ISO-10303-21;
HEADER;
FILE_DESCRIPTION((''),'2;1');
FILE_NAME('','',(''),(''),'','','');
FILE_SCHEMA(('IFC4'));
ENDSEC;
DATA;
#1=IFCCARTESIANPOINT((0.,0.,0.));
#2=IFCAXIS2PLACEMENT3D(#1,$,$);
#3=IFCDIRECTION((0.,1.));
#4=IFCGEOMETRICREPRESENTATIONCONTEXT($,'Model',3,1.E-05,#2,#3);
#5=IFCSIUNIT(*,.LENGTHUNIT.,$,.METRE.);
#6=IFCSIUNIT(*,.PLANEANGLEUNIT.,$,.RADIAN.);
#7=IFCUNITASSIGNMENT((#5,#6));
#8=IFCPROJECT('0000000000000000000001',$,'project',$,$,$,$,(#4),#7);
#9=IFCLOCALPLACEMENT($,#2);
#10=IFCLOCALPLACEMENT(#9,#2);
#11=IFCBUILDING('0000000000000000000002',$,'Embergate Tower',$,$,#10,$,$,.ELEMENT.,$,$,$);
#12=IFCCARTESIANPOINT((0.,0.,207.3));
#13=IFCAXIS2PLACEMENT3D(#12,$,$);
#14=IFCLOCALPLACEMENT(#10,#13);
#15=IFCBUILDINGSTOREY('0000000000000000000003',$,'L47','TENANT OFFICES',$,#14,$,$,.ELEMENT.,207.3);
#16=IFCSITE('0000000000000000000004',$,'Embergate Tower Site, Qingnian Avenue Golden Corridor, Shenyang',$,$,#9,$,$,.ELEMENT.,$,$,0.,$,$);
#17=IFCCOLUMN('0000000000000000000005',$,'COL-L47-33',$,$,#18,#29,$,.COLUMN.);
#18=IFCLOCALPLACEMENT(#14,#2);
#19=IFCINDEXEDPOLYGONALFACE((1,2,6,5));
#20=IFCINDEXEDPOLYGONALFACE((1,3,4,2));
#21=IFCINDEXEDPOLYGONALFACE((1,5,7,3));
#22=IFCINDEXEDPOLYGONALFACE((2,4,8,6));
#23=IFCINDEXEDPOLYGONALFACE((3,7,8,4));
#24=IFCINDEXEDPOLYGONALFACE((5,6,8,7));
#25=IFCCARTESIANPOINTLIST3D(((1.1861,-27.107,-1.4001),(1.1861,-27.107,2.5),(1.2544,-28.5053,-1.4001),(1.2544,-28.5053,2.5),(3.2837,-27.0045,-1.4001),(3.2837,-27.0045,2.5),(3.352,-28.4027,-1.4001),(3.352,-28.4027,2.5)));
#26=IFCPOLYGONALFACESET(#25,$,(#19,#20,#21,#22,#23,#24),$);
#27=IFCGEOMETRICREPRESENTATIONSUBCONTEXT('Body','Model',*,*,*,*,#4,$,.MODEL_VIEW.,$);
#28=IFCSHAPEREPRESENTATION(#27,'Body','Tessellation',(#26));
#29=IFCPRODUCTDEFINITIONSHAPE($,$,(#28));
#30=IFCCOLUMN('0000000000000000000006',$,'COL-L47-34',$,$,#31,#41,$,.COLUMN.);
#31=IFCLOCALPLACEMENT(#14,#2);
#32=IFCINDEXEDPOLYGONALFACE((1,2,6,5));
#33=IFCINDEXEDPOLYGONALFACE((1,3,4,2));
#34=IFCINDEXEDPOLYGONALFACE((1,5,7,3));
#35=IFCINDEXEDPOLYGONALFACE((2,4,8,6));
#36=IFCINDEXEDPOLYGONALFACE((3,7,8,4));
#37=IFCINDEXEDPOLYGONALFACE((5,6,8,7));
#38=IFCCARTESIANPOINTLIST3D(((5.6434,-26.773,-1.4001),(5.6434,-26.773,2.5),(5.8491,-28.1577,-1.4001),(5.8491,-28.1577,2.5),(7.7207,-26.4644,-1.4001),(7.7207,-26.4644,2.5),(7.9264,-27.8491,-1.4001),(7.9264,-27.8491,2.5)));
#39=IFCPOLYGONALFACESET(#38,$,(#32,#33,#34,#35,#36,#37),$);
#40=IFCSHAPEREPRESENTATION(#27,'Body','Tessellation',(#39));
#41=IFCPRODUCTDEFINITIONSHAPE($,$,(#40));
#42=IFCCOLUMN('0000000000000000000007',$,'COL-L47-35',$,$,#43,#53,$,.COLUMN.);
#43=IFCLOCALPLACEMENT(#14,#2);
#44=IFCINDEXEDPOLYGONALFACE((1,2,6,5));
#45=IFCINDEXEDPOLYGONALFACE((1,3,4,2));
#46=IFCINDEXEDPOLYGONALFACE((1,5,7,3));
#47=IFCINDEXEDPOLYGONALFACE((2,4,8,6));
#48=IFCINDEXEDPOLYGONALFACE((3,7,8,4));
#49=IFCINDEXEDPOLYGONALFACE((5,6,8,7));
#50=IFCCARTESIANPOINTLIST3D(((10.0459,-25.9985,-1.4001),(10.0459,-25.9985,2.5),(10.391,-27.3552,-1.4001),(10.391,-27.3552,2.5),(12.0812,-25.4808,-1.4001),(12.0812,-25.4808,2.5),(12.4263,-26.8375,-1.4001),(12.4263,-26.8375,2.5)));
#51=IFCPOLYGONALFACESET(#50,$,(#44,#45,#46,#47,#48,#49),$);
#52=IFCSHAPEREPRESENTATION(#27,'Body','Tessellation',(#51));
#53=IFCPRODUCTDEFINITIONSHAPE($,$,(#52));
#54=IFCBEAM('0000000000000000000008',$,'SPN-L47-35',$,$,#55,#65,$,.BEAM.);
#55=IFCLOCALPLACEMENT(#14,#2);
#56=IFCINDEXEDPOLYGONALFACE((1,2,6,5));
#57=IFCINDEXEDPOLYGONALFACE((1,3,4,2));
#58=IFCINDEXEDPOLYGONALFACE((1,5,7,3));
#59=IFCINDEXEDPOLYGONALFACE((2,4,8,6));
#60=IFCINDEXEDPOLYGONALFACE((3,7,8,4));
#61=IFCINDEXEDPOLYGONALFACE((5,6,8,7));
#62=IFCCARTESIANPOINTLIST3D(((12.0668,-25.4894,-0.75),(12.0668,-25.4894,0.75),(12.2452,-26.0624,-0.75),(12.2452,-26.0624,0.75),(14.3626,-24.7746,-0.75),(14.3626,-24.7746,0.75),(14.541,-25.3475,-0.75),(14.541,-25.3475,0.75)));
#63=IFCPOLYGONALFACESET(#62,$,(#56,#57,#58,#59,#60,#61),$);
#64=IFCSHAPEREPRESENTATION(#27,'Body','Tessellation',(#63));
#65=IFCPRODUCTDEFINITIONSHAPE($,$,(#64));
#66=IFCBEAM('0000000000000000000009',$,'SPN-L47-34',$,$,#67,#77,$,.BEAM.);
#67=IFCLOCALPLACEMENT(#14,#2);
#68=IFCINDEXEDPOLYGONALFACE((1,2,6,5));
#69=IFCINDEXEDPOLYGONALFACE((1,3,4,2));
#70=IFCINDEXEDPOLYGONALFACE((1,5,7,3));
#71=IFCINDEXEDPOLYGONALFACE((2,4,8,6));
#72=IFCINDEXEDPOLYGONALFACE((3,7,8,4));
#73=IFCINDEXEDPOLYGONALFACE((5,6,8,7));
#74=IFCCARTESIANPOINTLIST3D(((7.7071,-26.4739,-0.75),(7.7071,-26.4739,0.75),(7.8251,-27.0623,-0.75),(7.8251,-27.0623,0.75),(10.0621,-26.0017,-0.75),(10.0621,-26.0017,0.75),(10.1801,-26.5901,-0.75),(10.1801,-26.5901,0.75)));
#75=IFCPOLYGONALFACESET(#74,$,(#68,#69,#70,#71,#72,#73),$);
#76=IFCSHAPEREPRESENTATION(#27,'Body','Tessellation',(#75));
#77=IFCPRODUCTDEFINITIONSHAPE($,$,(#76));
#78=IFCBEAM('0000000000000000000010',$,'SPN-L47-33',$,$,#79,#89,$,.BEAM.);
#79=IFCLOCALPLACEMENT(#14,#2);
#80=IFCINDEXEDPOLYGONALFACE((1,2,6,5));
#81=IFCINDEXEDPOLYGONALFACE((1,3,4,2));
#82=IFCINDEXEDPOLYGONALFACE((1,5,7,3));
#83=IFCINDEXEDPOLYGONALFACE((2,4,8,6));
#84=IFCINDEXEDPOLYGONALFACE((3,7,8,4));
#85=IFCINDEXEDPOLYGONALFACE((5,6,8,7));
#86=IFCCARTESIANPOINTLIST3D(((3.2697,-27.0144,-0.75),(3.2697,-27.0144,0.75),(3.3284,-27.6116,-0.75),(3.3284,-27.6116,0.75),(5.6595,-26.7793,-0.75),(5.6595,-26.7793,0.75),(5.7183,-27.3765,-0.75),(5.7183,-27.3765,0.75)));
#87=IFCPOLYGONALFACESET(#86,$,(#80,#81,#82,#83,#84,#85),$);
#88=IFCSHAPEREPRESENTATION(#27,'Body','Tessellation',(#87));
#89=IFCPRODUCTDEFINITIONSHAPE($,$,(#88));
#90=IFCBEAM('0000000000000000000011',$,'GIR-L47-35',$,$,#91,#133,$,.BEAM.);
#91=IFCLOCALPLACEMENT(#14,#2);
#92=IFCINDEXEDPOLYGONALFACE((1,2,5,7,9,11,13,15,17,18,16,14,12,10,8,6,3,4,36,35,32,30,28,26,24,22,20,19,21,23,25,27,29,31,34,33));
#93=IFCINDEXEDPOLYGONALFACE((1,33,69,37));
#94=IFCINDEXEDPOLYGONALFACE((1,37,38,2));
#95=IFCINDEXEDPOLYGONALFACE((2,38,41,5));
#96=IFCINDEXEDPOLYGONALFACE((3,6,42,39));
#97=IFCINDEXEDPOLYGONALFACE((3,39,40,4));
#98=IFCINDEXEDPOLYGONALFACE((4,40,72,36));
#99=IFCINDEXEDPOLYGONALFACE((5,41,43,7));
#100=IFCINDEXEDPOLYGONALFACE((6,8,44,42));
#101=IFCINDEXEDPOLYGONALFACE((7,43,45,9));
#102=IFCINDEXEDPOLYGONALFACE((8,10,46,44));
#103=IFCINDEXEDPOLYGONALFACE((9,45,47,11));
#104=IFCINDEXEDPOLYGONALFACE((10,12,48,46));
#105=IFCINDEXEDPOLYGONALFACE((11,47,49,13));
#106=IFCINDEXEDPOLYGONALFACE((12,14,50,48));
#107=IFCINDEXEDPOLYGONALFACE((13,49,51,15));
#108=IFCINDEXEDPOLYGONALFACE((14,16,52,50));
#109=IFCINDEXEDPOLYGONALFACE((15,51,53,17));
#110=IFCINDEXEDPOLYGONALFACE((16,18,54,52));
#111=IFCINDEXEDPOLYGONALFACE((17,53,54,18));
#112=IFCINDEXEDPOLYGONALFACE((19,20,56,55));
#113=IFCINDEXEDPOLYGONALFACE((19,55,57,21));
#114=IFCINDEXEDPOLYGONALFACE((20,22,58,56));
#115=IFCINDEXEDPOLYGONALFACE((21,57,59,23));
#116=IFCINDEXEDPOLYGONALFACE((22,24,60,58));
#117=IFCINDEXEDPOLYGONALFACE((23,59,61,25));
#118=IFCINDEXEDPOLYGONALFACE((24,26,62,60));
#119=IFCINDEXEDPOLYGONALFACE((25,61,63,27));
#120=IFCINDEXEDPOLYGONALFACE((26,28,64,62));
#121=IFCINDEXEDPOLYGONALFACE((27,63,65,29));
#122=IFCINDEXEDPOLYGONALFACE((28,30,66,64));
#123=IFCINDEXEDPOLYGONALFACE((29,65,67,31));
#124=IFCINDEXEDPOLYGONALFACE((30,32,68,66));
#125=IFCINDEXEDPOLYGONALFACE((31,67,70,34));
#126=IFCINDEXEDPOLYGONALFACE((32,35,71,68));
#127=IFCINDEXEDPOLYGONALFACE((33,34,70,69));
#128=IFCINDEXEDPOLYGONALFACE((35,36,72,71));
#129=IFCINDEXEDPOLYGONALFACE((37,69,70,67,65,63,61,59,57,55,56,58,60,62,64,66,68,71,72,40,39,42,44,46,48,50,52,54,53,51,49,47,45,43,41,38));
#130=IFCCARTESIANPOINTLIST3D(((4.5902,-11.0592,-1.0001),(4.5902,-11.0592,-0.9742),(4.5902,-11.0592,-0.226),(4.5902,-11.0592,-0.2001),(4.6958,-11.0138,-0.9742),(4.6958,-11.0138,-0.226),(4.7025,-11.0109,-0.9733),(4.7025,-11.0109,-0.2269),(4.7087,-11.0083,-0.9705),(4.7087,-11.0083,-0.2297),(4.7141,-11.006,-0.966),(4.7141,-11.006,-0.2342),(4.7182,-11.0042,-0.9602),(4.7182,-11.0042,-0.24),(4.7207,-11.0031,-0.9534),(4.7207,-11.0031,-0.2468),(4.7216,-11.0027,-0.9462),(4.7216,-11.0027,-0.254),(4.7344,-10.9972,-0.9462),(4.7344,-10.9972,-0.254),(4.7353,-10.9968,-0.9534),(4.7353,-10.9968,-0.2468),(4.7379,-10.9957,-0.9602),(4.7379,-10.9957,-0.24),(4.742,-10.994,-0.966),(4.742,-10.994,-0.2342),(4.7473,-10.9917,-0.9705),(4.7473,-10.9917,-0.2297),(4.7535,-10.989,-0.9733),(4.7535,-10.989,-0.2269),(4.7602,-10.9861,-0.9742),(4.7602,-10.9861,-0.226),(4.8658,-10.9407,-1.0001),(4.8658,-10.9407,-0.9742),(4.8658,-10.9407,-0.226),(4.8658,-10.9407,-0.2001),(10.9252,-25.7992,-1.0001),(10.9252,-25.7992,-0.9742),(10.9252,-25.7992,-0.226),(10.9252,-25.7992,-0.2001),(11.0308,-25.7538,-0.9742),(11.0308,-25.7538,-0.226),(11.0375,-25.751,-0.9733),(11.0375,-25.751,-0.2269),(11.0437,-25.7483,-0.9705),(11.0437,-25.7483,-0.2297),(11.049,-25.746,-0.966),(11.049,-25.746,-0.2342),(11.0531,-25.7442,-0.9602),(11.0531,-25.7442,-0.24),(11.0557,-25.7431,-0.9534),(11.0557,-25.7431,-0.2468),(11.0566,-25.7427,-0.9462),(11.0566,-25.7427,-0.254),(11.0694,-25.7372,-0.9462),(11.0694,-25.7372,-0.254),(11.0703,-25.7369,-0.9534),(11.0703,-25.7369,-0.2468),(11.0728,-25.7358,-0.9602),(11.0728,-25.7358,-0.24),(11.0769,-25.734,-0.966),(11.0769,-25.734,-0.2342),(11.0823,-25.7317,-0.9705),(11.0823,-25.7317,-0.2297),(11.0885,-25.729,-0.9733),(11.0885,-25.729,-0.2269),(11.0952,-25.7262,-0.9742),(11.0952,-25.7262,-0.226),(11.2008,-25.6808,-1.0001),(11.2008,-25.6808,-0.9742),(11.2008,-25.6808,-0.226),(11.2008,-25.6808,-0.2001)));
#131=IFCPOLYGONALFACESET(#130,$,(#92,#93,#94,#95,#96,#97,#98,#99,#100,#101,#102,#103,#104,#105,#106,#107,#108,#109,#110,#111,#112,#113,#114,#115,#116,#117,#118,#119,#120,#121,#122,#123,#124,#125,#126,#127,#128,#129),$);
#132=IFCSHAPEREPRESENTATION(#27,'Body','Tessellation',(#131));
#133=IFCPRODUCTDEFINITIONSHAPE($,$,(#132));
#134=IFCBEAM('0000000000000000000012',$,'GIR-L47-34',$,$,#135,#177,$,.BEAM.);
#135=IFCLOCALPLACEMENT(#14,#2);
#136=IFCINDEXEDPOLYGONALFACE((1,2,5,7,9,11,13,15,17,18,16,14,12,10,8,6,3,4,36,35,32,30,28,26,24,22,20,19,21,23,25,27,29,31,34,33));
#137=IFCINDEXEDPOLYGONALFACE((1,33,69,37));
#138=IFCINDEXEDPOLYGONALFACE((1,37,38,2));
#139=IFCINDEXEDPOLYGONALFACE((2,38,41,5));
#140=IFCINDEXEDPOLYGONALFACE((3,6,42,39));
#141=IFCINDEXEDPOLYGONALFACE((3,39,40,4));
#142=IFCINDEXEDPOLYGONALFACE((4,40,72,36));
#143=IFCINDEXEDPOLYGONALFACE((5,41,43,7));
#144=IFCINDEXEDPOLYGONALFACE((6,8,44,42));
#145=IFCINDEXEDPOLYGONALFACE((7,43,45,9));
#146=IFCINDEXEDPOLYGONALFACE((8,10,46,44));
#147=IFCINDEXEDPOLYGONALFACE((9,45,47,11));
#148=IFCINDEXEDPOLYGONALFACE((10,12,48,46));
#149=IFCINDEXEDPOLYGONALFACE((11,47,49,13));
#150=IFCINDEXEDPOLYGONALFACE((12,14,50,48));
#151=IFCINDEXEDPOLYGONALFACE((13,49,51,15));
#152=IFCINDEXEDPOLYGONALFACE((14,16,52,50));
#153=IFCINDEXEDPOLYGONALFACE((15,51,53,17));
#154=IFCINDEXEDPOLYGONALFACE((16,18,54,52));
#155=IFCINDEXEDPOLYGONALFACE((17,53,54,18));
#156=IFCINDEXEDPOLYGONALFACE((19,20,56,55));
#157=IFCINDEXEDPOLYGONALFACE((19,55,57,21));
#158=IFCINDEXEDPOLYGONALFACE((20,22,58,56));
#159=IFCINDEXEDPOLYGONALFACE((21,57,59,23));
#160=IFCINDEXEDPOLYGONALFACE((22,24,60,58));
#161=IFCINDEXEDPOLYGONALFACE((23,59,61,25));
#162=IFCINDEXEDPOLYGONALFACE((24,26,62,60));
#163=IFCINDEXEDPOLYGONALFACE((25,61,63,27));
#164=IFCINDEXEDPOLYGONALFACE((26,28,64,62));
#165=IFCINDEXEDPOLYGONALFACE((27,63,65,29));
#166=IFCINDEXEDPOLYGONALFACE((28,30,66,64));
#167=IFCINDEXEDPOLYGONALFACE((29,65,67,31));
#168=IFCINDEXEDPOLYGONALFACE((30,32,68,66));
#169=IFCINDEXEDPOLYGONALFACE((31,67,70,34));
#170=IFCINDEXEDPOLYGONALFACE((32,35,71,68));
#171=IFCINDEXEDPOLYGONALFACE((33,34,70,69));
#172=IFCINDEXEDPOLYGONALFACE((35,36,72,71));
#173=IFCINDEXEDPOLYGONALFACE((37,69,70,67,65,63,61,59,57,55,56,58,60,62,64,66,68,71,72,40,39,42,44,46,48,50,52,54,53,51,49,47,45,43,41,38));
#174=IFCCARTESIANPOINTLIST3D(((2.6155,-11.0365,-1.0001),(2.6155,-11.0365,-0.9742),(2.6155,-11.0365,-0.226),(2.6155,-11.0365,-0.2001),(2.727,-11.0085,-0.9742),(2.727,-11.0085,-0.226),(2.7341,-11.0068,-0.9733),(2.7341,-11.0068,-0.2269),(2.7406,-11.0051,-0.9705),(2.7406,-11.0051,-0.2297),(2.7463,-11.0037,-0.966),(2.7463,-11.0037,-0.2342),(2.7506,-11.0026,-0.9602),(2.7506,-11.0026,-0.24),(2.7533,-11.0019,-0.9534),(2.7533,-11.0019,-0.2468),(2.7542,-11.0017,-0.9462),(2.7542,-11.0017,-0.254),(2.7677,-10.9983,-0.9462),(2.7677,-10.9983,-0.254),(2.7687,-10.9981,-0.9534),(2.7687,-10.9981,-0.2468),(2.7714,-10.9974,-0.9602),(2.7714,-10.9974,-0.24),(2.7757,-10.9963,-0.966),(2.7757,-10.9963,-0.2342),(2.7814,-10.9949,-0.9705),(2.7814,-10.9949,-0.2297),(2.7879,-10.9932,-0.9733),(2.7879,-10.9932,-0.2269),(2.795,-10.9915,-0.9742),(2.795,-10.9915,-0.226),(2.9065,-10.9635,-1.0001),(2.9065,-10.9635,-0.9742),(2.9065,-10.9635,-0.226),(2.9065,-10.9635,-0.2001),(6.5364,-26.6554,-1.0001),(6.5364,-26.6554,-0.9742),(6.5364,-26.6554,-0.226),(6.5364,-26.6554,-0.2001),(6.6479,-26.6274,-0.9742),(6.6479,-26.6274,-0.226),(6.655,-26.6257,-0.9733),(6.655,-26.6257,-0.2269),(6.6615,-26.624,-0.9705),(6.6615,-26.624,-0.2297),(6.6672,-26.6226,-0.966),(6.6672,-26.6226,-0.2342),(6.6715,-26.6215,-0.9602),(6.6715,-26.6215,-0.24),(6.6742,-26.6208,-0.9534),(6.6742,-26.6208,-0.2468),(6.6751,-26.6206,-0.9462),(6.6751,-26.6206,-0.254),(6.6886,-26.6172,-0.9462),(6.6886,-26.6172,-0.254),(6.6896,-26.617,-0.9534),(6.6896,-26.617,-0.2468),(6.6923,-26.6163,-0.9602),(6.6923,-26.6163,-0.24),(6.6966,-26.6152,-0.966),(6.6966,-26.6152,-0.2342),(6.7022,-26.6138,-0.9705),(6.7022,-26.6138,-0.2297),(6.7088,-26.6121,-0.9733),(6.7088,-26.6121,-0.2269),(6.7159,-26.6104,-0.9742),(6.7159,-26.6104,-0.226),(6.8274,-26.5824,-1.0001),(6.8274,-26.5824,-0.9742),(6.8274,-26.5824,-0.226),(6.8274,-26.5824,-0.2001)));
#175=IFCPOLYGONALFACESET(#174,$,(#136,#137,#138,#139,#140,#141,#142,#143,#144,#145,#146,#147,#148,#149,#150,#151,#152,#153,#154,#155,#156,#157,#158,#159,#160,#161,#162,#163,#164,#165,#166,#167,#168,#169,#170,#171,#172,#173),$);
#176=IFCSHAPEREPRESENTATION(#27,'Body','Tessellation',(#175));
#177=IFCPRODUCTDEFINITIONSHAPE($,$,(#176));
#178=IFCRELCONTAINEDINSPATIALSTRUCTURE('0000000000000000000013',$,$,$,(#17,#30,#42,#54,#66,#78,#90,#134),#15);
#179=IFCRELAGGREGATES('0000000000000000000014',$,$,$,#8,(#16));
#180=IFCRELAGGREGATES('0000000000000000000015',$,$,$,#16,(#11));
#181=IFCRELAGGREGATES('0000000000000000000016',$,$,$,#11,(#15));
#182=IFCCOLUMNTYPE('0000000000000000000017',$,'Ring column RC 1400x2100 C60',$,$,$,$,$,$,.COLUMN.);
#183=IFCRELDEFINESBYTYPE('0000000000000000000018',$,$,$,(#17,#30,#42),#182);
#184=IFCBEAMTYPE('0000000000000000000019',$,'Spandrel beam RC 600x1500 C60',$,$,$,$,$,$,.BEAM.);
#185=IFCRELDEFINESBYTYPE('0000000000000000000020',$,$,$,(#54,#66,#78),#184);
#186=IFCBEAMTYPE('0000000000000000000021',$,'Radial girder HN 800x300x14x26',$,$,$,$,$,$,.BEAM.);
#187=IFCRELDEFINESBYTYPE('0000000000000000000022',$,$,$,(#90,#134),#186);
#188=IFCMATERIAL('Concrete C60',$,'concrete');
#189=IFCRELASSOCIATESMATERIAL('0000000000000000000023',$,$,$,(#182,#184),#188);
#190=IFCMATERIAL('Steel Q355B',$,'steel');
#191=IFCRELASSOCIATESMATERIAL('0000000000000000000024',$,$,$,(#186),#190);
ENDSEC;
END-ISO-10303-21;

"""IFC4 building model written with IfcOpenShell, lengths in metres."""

from ifc_helpers import new_model, si_unit, direction, frame, origin, origin_2d, place, context, subcontext, project, spatial, rectangle, i_section, extrude, source, transform, mapped, material, material_profile, profile_set, type_object, element, save


model = new_model("IFC4")

# Units and contexts
model_context = context("Model", 3, precision=1e-05, world=origin(), true_north=direction((0.0, 1.0)))
body_context = subcontext(model_context, "Body", "Model", "MODEL_VIEW")
ifc_project = project(units=[si_unit("LENGTHUNIT", "METRE"), si_unit("PLANEANGLEUNIT", "RADIAN")], contexts=[model_context])

# Site, building, storey
site_placement = place(None, origin())
site = spatial("IfcSite", under=ifc_project, at=site_placement, Name="Embergate Tower Site, Qingnian Avenue Golden Corridor, Shenyang", CompositionType="ELEMENT", RefElevation=0.0)
building_placement = place(site_placement, origin())
building = spatial("IfcBuilding", under=site, at=building_placement, Name="Embergate Tower", CompositionType="ELEMENT")
storey_placement = place(building_placement, frame((0.0, 0.0, 207.3)))
storey = spatial("IfcBuildingStorey", under=building, at=storey_placement, Name="L47", Description="TENANT OFFICES", CompositionType="ELEMENT", Elevation=207.3)

# Columns
ifc_material_1 = material(Name="Concrete C60", Category="concrete")
ifc_material_profile_1 = material_profile(ifc_material_1, rectangle(XDim=1.3999, YDim=2.1001, at=origin_2d()), Name="RC 1400x2100")
ifc_profile_set_1 = profile_set([ifc_material_profile_1], Name="Concrete C60")
column_type = type_object("IfcColumnType", Name="Ring column RC 1400x2100 C60", PredefinedType="COLUMN", material=ifc_profile_set_1)
shared_shape_1 = source(origin(), body_context, "Body", "SweptSolid", [
    extrude(rectangle(XDim=1.3999, YDim=2.1001, at=origin_2d()), origin(), (0.0, 0.0, 1.0), 3.9001),
])
for number, where, z_axis, x_axis, name in (
    (1, (2.269, -27.7549, -1.4001), (0.0, 0.0, 1.0), (0.048815, -0.998808, 0.0), "COL-L47-33"),
    (2, (6.7849, -27.311, -1.4001), (0.0, 0.0, 1.0), (0.146929, -0.989147, 0.0), "COL-L47-34"),
    (3, (11.2361, -26.418, -1.4001), (0.0, 0.0, 1.0), (0.246509, -0.969141, 0.0), "COL-L47-35"),
):
    element("IfcColumn", number, at=place(storey_placement, frame(where, z_axis=z_axis, x_axis=x_axis)), inside=storey, type_object=column_type, Name=name, PredefinedType="COLUMN", context=body_context, shape_type="MappedRepresentation", body=[
        mapped(shared_shape_1, transform((0.0, 0.0, 0.0))),
    ])

# Beams
ifc_material_profile_2 = material_profile(ifc_material_1, rectangle(XDim=0.6001, YDim=1.5, at=origin_2d()), Name="RC 600x1500")
ifc_profile_set_2 = profile_set([ifc_material_profile_2], Name="Concrete C60")
beam_type_1 = type_object("IfcBeamType", Name="Spandrel beam RC 600x1500 C60", PredefinedType="BEAM", material=ifc_profile_set_2)
shared_shape_2 = source(origin(), body_context, "Body", "SweptSolid", [
    extrude(rectangle(XDim=0.6001, YDim=1.5, at=origin_2d()), origin(), (0.0, 0.0, 1.0), 2.4045),
])
beam_1_placement = place(storey_placement, frame((12.156, -25.7759, 0.0), z_axis=(0.95479, 0.29728, 0.0), x_axis=(-0.29728, 0.95479, 0.0)))
element("IfcBeam", 4, at=beam_1_placement, inside=storey, type_object=beam_type_1, Name="SPN-L47-35", PredefinedType="BEAM", context=body_context, shape_type="MappedRepresentation", body=[
    mapped(shared_shape_2, transform((0.0, 0.0, 0.0))),
])
shared_shape_3 = source(origin(), body_context, "Body", "SweptSolid", [
    extrude(rectangle(XDim=0.6001, YDim=1.5, at=origin_2d()), origin(), (0.0, 0.0, 1.0), 2.4019),
])
beam_2_placement = place(storey_placement, frame((7.7661, -26.7681, 0.0), z_axis=(0.980487, 0.196585, 0.0), x_axis=(-0.196585, 0.980487, 0.0)))
element("IfcBeam", 5, at=beam_2_placement, inside=storey, type_object=beam_type_1, Name="SPN-L47-34", PredefinedType="BEAM", context=body_context, shape_type="MappedRepresentation", body=[
    mapped(shared_shape_3, transform((0.0, 0.0, 0.0))),
])
shared_shape_4 = source(origin(), body_context, "Body", "SweptSolid", [
    extrude(rectangle(XDim=0.6001, YDim=1.5, at=origin_2d()), origin(), (0.0, 0.0, 1.0), 2.4014),
])
beam_3_placement = place(storey_placement, frame((3.2991, -27.313, 0.0), z_axis=(0.995196, 0.097903, 0.0), x_axis=(-0.097903, 0.995196, 0.0)))
element("IfcBeam", 6, at=beam_3_placement, inside=storey, type_object=beam_type_1, Name="SPN-L47-33", PredefinedType="BEAM", context=body_context, shape_type="MappedRepresentation", body=[
    mapped(shared_shape_4, transform((0.0, 0.0, 0.0))),
])
ifc_material_2 = material(Name="Steel Q355B", Category="steel")
ifc_material_profile_3 = material_profile(ifc_material_2, i_section(OverallWidth=0.3, OverallDepth=0.8, WebThickness=0.0139, FlangeThickness=0.0259, FilletRadius=0.0281, at=origin_2d()), Name="HN 800x300x14x26")
ifc_profile_set_3 = profile_set([ifc_material_profile_3], Name="Steel Q355 grade B")
beam_type_2 = type_object("IfcBeamType", Name="Radial girder HN 800x300x14x26", PredefinedType="BEAM", material=ifc_profile_set_3)
shared_shape_5 = source(origin(), body_context, "Body", "SweptSolid", [
    extrude(i_section(OverallWidth=0.3, OverallDepth=0.8, WebThickness=0.0139, FlangeThickness=0.0259, FilletRadius=0.0281, at=origin_2d()), origin(), (0.0, 0.0, 1.0), 16.0437),
])
beam_4_placement = place(storey_placement, frame((11.063, -25.74, -0.6001), z_axis=(-0.394858, 0.918742, 0.0), x_axis=(-0.918742, -0.394858, 0.0)))
element("IfcBeam", 7, at=beam_4_placement, inside=storey, type_object=beam_type_2, Name="GIR-L47-35", PredefinedType="BEAM", context=body_context, shape_type="MappedRepresentation", body=[
    mapped(shared_shape_5, transform((0.0, 0.0, 0.0))),
])
shared_shape_6 = source(origin(), body_context, "Body", "SweptSolid", [
    extrude(i_section(OverallWidth=0.3, OverallDepth=0.8, WebThickness=0.0139, FlangeThickness=0.0259, FilletRadius=0.0281, at=origin_2d()), origin(), (0.0, 0.0, 1.0), 16.1035),
])
beam_5_placement = place(storey_placement, frame((6.6819, -26.6189, -0.6001), z_axis=(-0.243481, 0.969906, 0.0), x_axis=(-0.969906, -0.243481, 0.0)))
element("IfcBeam", 8, at=beam_5_placement, inside=storey, type_object=beam_type_2, Name="GIR-L47-34", PredefinedType="BEAM", context=body_context, shape_type="MappedRepresentation", body=[
    mapped(shared_shape_6, transform((0.0, 0.0, 0.0))),
])

save(model, "model.ifc")
